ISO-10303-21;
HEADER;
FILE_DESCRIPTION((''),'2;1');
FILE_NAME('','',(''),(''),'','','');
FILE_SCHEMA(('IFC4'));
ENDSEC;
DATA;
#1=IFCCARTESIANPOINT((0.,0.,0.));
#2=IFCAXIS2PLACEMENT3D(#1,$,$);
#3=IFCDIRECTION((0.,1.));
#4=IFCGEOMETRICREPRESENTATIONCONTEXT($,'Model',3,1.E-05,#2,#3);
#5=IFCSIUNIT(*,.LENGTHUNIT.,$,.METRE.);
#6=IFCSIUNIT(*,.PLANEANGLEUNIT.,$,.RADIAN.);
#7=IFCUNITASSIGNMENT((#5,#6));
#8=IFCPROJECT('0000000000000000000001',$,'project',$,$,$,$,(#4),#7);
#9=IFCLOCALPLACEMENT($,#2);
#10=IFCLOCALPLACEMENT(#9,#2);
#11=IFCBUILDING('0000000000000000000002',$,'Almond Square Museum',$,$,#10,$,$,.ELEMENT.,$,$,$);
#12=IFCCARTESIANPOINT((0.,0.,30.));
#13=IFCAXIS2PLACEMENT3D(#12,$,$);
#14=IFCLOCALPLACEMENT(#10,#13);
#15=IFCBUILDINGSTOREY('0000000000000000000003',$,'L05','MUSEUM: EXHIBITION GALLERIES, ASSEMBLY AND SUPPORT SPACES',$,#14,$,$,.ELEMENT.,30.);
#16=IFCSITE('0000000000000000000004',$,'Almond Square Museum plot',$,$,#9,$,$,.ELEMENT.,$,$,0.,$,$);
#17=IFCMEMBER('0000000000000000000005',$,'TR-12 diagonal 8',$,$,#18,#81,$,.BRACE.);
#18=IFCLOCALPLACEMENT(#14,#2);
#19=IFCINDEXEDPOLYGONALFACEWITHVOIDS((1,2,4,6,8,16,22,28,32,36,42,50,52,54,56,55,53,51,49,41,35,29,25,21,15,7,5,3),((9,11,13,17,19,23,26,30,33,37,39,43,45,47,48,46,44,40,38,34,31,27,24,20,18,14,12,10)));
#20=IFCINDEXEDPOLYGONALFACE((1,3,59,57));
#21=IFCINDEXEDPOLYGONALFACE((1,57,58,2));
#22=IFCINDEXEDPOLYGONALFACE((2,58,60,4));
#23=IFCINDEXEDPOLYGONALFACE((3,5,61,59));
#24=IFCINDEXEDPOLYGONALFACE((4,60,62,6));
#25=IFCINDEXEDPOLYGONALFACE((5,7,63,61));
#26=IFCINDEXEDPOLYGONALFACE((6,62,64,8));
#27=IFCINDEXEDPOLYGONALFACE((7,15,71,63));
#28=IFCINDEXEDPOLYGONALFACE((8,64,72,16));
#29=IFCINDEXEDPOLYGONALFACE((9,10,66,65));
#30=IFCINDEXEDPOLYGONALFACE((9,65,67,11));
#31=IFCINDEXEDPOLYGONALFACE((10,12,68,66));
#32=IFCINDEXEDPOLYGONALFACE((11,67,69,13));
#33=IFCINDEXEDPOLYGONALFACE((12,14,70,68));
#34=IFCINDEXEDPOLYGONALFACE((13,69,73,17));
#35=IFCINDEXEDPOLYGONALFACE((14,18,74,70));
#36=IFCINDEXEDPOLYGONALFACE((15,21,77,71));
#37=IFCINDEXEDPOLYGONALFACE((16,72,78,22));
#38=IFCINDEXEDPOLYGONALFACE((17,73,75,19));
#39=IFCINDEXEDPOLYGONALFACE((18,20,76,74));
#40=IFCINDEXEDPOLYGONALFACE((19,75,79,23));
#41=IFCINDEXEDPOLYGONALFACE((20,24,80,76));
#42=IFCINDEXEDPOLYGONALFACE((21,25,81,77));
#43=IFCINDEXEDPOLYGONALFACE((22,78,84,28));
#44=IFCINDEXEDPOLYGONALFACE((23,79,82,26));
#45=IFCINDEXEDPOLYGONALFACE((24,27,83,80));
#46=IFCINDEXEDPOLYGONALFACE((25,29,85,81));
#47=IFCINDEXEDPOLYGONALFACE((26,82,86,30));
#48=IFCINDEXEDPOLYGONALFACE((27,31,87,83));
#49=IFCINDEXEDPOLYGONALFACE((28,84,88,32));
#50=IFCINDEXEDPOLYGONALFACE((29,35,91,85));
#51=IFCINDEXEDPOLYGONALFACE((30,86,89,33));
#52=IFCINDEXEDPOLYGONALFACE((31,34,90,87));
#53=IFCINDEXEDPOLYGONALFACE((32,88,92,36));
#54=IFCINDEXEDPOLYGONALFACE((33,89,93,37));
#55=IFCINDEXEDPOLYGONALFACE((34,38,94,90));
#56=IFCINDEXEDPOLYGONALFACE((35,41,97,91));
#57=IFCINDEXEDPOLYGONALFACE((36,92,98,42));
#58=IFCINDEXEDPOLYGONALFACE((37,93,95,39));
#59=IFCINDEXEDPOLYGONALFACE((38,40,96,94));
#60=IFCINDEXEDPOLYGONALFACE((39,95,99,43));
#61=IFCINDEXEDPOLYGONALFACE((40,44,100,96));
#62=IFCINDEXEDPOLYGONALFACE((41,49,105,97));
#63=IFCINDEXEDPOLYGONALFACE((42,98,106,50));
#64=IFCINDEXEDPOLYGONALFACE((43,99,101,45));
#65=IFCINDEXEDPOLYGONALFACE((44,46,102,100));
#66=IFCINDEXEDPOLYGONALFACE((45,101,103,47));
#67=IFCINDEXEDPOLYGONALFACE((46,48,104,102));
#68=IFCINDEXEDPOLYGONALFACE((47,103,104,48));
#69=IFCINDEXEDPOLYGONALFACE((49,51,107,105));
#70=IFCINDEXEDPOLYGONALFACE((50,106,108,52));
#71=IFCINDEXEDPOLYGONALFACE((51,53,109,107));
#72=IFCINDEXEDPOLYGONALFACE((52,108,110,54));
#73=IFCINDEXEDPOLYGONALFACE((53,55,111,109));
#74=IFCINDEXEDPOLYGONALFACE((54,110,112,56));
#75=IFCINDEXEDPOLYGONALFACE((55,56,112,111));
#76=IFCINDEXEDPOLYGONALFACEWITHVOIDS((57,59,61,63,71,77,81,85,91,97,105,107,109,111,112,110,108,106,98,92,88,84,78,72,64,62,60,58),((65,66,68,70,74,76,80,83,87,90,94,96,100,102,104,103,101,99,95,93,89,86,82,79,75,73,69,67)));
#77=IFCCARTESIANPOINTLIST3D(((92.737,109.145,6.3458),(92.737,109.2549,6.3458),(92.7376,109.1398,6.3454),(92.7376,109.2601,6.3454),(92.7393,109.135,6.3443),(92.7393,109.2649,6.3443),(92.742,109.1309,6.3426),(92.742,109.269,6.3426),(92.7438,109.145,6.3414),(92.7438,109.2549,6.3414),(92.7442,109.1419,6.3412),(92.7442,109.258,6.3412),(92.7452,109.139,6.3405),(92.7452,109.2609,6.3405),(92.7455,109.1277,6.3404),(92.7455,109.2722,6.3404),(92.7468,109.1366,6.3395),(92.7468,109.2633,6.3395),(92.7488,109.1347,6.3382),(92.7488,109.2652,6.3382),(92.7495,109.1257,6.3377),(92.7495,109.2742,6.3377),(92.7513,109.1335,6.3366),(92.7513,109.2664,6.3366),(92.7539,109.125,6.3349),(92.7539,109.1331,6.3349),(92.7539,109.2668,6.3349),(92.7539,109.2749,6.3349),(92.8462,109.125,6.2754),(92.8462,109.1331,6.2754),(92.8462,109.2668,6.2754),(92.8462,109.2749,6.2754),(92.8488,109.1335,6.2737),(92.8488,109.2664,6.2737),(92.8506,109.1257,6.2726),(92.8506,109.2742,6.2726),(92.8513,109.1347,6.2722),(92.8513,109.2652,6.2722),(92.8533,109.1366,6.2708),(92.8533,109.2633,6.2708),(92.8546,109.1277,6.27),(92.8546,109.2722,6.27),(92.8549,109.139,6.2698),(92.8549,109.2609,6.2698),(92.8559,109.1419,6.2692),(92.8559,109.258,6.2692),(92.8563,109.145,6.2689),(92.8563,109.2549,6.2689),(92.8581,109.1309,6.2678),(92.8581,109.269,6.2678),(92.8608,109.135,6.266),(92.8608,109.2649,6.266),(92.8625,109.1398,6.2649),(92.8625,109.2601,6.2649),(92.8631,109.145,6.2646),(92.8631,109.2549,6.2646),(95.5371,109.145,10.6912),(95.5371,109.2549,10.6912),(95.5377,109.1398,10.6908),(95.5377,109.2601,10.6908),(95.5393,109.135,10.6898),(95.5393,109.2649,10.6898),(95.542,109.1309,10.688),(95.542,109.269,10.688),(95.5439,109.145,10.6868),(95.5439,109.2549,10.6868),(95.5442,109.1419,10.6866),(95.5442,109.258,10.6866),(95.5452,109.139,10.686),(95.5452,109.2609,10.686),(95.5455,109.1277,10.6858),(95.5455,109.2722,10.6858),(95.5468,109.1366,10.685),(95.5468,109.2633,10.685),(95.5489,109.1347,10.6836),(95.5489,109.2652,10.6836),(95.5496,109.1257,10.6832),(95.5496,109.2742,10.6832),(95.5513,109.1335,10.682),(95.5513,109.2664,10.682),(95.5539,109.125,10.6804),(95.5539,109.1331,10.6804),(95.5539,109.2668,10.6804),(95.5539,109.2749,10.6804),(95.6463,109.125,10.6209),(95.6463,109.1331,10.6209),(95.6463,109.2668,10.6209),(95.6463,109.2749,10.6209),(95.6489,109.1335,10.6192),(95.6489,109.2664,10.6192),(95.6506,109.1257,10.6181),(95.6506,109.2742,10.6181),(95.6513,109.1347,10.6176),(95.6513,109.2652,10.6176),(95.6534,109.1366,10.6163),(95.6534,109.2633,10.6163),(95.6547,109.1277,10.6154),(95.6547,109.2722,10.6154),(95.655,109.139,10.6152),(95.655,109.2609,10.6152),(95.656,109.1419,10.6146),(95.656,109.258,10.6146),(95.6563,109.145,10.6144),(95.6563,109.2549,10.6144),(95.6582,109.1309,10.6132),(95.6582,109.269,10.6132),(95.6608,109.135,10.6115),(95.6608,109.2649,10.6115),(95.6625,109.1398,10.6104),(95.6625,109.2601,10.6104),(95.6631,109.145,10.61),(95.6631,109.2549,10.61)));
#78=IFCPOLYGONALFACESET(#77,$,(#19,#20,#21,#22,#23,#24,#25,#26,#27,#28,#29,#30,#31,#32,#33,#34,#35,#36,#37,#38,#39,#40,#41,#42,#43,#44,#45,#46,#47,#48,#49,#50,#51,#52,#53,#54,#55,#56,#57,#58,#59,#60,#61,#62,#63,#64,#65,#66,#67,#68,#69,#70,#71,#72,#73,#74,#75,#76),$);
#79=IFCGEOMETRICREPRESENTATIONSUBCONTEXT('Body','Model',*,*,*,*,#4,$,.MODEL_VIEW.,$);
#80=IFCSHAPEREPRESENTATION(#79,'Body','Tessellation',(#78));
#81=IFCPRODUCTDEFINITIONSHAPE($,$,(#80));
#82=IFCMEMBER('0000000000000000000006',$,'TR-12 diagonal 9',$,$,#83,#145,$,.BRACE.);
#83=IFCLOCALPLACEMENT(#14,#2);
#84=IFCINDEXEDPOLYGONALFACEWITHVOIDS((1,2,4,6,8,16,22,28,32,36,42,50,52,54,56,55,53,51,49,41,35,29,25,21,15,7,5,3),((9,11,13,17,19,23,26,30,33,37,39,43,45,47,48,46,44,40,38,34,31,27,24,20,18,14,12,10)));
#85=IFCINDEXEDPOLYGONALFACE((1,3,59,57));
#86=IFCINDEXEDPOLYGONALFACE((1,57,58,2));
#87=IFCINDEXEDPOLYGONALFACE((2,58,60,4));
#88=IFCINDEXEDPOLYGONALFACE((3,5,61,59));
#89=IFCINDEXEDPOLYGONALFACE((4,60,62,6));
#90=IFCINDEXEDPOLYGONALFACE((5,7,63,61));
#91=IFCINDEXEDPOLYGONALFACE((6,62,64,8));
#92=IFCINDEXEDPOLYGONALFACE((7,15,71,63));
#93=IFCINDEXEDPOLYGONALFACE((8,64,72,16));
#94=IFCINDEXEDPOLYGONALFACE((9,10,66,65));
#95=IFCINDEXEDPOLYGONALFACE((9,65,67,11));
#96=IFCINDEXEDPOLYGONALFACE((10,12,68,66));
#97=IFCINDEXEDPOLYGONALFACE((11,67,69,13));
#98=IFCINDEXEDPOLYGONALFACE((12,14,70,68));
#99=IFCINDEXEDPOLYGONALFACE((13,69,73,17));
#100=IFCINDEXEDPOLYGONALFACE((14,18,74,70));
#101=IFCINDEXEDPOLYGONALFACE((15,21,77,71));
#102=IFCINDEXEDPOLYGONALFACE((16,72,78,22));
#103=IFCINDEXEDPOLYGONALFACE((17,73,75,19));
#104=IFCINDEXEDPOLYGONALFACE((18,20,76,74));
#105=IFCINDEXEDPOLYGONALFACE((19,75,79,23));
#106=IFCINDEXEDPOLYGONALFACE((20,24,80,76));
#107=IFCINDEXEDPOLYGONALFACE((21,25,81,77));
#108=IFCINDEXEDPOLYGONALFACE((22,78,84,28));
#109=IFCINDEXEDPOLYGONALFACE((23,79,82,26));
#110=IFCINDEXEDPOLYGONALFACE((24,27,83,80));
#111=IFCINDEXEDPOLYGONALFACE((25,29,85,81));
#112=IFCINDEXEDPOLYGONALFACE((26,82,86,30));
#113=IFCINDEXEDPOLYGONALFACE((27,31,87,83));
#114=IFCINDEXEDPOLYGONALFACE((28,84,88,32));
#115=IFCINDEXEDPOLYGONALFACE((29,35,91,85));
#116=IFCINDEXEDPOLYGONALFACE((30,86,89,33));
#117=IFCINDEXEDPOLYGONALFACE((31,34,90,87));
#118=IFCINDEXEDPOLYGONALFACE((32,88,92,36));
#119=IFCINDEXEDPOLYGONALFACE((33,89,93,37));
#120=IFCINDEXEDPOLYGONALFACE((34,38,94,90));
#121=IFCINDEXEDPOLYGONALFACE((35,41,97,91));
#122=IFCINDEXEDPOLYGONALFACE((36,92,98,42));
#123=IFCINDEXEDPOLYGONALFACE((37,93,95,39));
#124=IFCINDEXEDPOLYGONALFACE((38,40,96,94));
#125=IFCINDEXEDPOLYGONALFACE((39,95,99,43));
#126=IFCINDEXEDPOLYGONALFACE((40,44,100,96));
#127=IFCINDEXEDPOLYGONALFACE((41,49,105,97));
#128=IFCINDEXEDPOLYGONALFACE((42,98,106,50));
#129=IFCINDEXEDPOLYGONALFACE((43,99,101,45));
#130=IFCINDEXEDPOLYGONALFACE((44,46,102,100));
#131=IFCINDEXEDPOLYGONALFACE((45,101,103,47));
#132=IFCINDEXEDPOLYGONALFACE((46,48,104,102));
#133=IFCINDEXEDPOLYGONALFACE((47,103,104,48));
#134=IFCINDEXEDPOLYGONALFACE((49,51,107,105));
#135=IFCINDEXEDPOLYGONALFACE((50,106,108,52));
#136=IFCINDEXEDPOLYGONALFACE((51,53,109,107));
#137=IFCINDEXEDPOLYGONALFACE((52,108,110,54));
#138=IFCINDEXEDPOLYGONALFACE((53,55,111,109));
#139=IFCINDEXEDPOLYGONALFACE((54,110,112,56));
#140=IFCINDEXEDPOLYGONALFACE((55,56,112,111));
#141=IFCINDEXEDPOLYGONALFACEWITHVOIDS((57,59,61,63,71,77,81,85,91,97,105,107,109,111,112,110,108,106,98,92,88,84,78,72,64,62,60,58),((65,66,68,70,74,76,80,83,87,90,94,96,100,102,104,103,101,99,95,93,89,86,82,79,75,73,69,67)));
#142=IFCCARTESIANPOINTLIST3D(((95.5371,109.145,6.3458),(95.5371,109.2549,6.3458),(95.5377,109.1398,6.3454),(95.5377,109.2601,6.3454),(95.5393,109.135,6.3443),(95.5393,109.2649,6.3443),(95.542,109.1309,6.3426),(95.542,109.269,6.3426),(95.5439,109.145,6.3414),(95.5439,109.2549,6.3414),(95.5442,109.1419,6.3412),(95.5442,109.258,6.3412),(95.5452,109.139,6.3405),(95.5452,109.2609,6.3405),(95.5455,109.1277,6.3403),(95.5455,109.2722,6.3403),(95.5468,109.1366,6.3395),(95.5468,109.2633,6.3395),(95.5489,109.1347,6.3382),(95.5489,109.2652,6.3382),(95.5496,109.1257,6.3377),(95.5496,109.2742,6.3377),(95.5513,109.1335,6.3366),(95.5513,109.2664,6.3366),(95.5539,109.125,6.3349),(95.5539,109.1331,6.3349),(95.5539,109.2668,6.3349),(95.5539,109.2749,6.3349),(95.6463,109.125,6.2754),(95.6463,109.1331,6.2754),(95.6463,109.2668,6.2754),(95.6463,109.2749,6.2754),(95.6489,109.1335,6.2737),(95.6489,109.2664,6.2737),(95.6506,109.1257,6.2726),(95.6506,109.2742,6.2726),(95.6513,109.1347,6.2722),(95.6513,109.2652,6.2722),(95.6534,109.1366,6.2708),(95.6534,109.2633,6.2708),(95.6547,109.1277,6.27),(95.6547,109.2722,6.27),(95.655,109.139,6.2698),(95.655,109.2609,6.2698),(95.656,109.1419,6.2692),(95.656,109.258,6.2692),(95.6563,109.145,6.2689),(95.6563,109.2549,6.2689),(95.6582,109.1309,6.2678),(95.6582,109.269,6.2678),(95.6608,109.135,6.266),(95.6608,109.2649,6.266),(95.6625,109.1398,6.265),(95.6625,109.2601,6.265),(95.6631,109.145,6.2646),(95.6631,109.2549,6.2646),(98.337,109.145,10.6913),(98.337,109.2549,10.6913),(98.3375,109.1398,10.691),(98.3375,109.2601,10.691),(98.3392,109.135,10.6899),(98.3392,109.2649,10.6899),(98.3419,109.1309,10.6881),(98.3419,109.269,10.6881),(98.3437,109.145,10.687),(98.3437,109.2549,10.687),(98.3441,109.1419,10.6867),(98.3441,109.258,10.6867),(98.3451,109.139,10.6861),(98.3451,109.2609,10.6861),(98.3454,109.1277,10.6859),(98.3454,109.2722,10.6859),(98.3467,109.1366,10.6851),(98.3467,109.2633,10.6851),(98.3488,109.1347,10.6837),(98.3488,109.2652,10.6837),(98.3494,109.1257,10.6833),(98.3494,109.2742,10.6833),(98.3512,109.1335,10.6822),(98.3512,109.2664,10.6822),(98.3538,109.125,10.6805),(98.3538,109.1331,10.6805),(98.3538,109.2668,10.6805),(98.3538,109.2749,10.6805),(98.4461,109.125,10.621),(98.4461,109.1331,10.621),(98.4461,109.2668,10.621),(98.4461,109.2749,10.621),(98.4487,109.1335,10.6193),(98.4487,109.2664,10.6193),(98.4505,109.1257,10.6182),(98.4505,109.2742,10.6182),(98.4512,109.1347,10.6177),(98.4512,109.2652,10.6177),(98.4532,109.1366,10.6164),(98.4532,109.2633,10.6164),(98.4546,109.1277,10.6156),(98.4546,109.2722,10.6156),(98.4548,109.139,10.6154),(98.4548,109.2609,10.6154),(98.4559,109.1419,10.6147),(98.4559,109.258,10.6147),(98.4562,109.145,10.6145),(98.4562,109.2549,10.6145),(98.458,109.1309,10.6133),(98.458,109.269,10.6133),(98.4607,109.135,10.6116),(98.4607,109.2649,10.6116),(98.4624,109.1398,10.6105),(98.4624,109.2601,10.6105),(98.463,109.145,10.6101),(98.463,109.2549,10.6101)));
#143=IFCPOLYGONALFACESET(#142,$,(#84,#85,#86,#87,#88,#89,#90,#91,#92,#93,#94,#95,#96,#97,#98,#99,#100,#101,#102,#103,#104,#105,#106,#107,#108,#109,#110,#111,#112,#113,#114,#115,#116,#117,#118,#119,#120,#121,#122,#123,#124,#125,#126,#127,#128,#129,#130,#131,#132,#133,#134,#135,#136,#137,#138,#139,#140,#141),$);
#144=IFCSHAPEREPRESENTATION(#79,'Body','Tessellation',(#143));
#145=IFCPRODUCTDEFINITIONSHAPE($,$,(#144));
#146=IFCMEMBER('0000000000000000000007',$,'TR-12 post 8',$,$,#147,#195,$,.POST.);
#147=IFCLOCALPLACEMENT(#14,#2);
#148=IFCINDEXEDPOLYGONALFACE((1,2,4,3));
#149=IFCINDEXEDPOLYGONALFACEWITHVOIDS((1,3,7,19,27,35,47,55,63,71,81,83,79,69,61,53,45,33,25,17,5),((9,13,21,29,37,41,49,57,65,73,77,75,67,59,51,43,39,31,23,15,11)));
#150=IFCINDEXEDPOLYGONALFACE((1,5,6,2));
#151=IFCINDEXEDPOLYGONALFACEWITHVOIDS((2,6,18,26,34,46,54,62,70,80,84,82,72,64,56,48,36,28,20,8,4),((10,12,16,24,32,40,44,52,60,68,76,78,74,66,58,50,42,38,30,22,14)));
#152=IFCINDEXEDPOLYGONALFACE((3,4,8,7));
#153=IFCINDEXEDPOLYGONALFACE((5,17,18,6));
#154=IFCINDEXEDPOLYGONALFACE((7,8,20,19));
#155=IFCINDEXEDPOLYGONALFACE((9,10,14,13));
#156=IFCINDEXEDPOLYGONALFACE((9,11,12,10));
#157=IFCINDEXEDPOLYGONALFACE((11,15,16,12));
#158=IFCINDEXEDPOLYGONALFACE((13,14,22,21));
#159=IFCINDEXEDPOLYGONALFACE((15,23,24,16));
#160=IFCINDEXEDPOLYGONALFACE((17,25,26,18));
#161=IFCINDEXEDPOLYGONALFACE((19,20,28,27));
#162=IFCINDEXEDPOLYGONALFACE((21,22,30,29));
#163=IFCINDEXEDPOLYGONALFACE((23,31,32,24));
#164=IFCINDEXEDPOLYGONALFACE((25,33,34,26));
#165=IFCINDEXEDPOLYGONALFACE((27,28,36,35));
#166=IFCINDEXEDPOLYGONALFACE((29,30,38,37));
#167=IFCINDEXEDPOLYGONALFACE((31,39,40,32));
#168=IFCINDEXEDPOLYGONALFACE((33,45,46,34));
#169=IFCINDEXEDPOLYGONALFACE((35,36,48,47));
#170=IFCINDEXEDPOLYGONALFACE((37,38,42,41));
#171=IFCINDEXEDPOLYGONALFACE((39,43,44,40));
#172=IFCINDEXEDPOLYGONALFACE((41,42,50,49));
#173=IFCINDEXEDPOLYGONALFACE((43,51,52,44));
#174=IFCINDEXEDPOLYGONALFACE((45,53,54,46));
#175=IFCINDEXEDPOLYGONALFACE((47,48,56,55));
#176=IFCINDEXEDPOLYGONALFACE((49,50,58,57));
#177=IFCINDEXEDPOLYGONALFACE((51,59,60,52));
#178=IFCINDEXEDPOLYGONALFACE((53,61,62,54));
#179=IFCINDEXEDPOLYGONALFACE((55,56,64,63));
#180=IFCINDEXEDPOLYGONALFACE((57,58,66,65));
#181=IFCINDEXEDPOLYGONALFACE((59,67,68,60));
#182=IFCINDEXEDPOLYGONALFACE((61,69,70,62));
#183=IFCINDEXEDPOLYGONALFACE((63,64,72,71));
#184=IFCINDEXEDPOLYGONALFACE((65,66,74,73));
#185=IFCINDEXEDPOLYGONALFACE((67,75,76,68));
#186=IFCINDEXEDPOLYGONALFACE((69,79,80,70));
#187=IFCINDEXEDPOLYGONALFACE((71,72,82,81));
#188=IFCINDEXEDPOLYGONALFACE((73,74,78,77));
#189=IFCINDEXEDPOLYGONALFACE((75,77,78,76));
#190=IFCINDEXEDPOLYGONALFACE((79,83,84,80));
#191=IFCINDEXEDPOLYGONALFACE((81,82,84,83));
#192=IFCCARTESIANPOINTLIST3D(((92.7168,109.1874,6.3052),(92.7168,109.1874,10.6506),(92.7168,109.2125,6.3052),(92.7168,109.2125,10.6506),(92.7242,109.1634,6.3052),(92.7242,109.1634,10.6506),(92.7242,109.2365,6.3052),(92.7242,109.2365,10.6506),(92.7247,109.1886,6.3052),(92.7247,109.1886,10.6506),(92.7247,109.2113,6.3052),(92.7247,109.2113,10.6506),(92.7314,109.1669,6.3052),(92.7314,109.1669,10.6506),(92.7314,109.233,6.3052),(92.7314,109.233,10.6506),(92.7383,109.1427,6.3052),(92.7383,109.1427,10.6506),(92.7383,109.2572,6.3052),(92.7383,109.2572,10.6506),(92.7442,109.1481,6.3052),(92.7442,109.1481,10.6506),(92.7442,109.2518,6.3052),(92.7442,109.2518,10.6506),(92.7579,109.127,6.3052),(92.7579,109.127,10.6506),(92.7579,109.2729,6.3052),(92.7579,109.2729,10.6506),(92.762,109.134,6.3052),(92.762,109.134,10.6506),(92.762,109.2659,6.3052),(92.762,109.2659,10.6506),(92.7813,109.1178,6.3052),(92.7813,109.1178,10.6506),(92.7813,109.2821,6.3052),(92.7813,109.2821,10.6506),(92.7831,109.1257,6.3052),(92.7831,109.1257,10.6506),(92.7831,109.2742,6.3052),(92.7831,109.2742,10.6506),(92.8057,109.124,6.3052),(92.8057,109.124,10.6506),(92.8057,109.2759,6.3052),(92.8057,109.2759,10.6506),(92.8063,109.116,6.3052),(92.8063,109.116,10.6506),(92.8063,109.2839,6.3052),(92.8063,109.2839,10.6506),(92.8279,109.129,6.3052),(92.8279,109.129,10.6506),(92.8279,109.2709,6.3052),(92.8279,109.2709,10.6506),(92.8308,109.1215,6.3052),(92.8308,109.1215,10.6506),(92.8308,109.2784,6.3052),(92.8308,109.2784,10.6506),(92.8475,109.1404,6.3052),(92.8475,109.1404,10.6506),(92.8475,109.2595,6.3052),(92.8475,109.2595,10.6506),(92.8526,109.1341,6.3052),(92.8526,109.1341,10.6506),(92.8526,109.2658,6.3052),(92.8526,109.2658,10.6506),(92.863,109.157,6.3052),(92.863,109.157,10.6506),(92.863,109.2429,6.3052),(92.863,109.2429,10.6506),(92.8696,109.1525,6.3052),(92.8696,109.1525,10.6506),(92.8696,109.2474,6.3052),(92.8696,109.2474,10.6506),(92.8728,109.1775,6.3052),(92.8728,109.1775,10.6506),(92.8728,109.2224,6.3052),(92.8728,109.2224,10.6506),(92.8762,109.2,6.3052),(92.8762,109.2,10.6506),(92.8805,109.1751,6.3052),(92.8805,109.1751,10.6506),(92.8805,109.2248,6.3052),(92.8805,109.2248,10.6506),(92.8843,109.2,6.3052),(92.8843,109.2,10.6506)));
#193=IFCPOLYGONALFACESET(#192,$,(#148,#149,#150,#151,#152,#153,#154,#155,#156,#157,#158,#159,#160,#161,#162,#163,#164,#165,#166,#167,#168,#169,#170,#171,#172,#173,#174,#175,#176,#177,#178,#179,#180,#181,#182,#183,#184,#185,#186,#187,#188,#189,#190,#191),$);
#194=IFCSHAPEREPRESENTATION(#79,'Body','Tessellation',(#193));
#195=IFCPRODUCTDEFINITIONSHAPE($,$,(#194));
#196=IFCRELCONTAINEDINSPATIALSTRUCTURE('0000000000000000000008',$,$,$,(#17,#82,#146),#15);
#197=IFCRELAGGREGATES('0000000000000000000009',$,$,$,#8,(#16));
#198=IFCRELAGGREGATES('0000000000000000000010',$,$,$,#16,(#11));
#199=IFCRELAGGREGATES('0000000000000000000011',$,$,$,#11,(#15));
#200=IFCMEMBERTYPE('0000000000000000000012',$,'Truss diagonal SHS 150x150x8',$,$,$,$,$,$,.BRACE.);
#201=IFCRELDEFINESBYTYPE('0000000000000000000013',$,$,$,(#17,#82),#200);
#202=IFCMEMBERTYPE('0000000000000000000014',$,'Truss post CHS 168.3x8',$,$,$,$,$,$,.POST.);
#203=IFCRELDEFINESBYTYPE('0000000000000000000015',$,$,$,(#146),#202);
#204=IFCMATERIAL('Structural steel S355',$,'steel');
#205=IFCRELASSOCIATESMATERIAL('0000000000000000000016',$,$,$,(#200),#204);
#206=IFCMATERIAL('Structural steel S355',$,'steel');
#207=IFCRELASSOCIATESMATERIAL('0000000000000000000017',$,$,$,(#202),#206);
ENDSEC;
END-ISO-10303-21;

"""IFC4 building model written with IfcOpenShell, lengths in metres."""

from ifc_helpers import new_model, si_unit, direction, frame, origin, origin_2d, place, context, subcontext, project, spatial, hollow_rectangle, hollow_circle, extrude, material, material_profile, profile_set, type_object, element, save


model = new_model("IFC4")

# Units and contexts
model_context = context("Model", 3, precision=1e-05, world=origin(), true_north=direction((0.0, 1.0)))
body_context = subcontext(model_context, "Body", "Model", "MODEL_VIEW")
ifc_project = project(units=[si_unit("LENGTHUNIT", "METRE"), si_unit("PLANEANGLEUNIT", "RADIAN")], contexts=[model_context])

# Site, building, storey
site_placement = place(None, origin())
site = spatial("IfcSite", under=ifc_project, at=site_placement, Name="Almond Square Museum plot", CompositionType="ELEMENT", RefElevation=0.0)
building_placement = place(site_placement, origin())
building = spatial("IfcBuilding", under=site, at=building_placement, Name="Almond Square Museum", CompositionType="ELEMENT")
storey_placement = place(building_placement, frame((0.0, 0.0, 30.0)))
storey = spatial("IfcBuildingStorey", under=building, at=storey_placement, Name="L05", Description="MUSEUM: EXHIBITION GALLERIES, ASSEMBLY AND SUPPORT SPACES", CompositionType="ELEMENT", Elevation=30.0)

# Members
ifc_material_1 = material(Name="Structural steel S355", Category="steel")
ifc_material_profile_1 = material_profile(ifc_material_1, hollow_rectangle(XDim=0.1499, YDim=0.1499, WallThickness=0.0081, InnerFilletRadius=0.012, OuterFilletRadius=0.02, at=origin_2d()))
ifc_profile_set_1 = profile_set([ifc_material_profile_1], Name="Structural steel S355")
member_type_1 = type_object("IfcMemberType", Name="Truss diagonal SHS 150x150x8", PredefinedType="BRACE", material=ifc_profile_set_1)
for number, where, z_axis, x_axis, name in (
    (1, (92.8, 109.2, 6.3052), (0.541652, 0.0, 0.840603), (0.0, 1.0, 0.0), "TR-12 diagonal 8"),
    (2, (95.6001, 109.2, 6.3052), (0.541619, 0.0, 0.840624), (0.0, 1.0, 0.0), "TR-12 diagonal 9"),
):
    element("IfcMember", number, at=place(storey_placement, frame(where, z_axis=z_axis, x_axis=x_axis)), inside=storey, type_object=member_type_1, Name=name, PredefinedType="BRACE", context=body_context, shape_type="SweptSolid", body=[
        extrude(hollow_rectangle(XDim=0.1499, YDim=0.1499, WallThickness=0.0081, InnerFilletRadius=0.012, OuterFilletRadius=0.02, at=origin_2d()), origin(), (0.0, 0.0, 1.0), 5.1694),
    ])
ifc_material_2 = material(Name="Structural steel S355", Category="steel")
ifc_material_profile_2 = material_profile(ifc_material_2, hollow_circle(Radius=0.0842, WallThickness=0.0081, at=origin_2d()))
ifc_profile_set_2 = profile_set([ifc_material_profile_2], Name="Structural steel S355")
member_type_2 = type_object("IfcMemberType", Name="Truss post CHS 168.3x8", PredefinedType="POST", material=ifc_profile_set_2)
for number, where, z_axis, x_axis, name in (
    (3, (92.8, 109.2, 6.3052), (0.0, 0.0, 1.0), (1.0, 0.0, 0.0), "TR-12 post 8"),
):
    element("IfcMember", number, at=place(storey_placement, frame(where, z_axis=z_axis, x_axis=x_axis)), inside=storey, type_object=member_type_2, Name=name, PredefinedType="POST", context=body_context, shape_type="SweptSolid", body=[
        extrude(hollow_circle(Radius=0.0842, WallThickness=0.0081, at=origin_2d()), origin(), (0.0, 0.0, 1.0), 4.3455),
    ])

save(model, "model.ifc")
